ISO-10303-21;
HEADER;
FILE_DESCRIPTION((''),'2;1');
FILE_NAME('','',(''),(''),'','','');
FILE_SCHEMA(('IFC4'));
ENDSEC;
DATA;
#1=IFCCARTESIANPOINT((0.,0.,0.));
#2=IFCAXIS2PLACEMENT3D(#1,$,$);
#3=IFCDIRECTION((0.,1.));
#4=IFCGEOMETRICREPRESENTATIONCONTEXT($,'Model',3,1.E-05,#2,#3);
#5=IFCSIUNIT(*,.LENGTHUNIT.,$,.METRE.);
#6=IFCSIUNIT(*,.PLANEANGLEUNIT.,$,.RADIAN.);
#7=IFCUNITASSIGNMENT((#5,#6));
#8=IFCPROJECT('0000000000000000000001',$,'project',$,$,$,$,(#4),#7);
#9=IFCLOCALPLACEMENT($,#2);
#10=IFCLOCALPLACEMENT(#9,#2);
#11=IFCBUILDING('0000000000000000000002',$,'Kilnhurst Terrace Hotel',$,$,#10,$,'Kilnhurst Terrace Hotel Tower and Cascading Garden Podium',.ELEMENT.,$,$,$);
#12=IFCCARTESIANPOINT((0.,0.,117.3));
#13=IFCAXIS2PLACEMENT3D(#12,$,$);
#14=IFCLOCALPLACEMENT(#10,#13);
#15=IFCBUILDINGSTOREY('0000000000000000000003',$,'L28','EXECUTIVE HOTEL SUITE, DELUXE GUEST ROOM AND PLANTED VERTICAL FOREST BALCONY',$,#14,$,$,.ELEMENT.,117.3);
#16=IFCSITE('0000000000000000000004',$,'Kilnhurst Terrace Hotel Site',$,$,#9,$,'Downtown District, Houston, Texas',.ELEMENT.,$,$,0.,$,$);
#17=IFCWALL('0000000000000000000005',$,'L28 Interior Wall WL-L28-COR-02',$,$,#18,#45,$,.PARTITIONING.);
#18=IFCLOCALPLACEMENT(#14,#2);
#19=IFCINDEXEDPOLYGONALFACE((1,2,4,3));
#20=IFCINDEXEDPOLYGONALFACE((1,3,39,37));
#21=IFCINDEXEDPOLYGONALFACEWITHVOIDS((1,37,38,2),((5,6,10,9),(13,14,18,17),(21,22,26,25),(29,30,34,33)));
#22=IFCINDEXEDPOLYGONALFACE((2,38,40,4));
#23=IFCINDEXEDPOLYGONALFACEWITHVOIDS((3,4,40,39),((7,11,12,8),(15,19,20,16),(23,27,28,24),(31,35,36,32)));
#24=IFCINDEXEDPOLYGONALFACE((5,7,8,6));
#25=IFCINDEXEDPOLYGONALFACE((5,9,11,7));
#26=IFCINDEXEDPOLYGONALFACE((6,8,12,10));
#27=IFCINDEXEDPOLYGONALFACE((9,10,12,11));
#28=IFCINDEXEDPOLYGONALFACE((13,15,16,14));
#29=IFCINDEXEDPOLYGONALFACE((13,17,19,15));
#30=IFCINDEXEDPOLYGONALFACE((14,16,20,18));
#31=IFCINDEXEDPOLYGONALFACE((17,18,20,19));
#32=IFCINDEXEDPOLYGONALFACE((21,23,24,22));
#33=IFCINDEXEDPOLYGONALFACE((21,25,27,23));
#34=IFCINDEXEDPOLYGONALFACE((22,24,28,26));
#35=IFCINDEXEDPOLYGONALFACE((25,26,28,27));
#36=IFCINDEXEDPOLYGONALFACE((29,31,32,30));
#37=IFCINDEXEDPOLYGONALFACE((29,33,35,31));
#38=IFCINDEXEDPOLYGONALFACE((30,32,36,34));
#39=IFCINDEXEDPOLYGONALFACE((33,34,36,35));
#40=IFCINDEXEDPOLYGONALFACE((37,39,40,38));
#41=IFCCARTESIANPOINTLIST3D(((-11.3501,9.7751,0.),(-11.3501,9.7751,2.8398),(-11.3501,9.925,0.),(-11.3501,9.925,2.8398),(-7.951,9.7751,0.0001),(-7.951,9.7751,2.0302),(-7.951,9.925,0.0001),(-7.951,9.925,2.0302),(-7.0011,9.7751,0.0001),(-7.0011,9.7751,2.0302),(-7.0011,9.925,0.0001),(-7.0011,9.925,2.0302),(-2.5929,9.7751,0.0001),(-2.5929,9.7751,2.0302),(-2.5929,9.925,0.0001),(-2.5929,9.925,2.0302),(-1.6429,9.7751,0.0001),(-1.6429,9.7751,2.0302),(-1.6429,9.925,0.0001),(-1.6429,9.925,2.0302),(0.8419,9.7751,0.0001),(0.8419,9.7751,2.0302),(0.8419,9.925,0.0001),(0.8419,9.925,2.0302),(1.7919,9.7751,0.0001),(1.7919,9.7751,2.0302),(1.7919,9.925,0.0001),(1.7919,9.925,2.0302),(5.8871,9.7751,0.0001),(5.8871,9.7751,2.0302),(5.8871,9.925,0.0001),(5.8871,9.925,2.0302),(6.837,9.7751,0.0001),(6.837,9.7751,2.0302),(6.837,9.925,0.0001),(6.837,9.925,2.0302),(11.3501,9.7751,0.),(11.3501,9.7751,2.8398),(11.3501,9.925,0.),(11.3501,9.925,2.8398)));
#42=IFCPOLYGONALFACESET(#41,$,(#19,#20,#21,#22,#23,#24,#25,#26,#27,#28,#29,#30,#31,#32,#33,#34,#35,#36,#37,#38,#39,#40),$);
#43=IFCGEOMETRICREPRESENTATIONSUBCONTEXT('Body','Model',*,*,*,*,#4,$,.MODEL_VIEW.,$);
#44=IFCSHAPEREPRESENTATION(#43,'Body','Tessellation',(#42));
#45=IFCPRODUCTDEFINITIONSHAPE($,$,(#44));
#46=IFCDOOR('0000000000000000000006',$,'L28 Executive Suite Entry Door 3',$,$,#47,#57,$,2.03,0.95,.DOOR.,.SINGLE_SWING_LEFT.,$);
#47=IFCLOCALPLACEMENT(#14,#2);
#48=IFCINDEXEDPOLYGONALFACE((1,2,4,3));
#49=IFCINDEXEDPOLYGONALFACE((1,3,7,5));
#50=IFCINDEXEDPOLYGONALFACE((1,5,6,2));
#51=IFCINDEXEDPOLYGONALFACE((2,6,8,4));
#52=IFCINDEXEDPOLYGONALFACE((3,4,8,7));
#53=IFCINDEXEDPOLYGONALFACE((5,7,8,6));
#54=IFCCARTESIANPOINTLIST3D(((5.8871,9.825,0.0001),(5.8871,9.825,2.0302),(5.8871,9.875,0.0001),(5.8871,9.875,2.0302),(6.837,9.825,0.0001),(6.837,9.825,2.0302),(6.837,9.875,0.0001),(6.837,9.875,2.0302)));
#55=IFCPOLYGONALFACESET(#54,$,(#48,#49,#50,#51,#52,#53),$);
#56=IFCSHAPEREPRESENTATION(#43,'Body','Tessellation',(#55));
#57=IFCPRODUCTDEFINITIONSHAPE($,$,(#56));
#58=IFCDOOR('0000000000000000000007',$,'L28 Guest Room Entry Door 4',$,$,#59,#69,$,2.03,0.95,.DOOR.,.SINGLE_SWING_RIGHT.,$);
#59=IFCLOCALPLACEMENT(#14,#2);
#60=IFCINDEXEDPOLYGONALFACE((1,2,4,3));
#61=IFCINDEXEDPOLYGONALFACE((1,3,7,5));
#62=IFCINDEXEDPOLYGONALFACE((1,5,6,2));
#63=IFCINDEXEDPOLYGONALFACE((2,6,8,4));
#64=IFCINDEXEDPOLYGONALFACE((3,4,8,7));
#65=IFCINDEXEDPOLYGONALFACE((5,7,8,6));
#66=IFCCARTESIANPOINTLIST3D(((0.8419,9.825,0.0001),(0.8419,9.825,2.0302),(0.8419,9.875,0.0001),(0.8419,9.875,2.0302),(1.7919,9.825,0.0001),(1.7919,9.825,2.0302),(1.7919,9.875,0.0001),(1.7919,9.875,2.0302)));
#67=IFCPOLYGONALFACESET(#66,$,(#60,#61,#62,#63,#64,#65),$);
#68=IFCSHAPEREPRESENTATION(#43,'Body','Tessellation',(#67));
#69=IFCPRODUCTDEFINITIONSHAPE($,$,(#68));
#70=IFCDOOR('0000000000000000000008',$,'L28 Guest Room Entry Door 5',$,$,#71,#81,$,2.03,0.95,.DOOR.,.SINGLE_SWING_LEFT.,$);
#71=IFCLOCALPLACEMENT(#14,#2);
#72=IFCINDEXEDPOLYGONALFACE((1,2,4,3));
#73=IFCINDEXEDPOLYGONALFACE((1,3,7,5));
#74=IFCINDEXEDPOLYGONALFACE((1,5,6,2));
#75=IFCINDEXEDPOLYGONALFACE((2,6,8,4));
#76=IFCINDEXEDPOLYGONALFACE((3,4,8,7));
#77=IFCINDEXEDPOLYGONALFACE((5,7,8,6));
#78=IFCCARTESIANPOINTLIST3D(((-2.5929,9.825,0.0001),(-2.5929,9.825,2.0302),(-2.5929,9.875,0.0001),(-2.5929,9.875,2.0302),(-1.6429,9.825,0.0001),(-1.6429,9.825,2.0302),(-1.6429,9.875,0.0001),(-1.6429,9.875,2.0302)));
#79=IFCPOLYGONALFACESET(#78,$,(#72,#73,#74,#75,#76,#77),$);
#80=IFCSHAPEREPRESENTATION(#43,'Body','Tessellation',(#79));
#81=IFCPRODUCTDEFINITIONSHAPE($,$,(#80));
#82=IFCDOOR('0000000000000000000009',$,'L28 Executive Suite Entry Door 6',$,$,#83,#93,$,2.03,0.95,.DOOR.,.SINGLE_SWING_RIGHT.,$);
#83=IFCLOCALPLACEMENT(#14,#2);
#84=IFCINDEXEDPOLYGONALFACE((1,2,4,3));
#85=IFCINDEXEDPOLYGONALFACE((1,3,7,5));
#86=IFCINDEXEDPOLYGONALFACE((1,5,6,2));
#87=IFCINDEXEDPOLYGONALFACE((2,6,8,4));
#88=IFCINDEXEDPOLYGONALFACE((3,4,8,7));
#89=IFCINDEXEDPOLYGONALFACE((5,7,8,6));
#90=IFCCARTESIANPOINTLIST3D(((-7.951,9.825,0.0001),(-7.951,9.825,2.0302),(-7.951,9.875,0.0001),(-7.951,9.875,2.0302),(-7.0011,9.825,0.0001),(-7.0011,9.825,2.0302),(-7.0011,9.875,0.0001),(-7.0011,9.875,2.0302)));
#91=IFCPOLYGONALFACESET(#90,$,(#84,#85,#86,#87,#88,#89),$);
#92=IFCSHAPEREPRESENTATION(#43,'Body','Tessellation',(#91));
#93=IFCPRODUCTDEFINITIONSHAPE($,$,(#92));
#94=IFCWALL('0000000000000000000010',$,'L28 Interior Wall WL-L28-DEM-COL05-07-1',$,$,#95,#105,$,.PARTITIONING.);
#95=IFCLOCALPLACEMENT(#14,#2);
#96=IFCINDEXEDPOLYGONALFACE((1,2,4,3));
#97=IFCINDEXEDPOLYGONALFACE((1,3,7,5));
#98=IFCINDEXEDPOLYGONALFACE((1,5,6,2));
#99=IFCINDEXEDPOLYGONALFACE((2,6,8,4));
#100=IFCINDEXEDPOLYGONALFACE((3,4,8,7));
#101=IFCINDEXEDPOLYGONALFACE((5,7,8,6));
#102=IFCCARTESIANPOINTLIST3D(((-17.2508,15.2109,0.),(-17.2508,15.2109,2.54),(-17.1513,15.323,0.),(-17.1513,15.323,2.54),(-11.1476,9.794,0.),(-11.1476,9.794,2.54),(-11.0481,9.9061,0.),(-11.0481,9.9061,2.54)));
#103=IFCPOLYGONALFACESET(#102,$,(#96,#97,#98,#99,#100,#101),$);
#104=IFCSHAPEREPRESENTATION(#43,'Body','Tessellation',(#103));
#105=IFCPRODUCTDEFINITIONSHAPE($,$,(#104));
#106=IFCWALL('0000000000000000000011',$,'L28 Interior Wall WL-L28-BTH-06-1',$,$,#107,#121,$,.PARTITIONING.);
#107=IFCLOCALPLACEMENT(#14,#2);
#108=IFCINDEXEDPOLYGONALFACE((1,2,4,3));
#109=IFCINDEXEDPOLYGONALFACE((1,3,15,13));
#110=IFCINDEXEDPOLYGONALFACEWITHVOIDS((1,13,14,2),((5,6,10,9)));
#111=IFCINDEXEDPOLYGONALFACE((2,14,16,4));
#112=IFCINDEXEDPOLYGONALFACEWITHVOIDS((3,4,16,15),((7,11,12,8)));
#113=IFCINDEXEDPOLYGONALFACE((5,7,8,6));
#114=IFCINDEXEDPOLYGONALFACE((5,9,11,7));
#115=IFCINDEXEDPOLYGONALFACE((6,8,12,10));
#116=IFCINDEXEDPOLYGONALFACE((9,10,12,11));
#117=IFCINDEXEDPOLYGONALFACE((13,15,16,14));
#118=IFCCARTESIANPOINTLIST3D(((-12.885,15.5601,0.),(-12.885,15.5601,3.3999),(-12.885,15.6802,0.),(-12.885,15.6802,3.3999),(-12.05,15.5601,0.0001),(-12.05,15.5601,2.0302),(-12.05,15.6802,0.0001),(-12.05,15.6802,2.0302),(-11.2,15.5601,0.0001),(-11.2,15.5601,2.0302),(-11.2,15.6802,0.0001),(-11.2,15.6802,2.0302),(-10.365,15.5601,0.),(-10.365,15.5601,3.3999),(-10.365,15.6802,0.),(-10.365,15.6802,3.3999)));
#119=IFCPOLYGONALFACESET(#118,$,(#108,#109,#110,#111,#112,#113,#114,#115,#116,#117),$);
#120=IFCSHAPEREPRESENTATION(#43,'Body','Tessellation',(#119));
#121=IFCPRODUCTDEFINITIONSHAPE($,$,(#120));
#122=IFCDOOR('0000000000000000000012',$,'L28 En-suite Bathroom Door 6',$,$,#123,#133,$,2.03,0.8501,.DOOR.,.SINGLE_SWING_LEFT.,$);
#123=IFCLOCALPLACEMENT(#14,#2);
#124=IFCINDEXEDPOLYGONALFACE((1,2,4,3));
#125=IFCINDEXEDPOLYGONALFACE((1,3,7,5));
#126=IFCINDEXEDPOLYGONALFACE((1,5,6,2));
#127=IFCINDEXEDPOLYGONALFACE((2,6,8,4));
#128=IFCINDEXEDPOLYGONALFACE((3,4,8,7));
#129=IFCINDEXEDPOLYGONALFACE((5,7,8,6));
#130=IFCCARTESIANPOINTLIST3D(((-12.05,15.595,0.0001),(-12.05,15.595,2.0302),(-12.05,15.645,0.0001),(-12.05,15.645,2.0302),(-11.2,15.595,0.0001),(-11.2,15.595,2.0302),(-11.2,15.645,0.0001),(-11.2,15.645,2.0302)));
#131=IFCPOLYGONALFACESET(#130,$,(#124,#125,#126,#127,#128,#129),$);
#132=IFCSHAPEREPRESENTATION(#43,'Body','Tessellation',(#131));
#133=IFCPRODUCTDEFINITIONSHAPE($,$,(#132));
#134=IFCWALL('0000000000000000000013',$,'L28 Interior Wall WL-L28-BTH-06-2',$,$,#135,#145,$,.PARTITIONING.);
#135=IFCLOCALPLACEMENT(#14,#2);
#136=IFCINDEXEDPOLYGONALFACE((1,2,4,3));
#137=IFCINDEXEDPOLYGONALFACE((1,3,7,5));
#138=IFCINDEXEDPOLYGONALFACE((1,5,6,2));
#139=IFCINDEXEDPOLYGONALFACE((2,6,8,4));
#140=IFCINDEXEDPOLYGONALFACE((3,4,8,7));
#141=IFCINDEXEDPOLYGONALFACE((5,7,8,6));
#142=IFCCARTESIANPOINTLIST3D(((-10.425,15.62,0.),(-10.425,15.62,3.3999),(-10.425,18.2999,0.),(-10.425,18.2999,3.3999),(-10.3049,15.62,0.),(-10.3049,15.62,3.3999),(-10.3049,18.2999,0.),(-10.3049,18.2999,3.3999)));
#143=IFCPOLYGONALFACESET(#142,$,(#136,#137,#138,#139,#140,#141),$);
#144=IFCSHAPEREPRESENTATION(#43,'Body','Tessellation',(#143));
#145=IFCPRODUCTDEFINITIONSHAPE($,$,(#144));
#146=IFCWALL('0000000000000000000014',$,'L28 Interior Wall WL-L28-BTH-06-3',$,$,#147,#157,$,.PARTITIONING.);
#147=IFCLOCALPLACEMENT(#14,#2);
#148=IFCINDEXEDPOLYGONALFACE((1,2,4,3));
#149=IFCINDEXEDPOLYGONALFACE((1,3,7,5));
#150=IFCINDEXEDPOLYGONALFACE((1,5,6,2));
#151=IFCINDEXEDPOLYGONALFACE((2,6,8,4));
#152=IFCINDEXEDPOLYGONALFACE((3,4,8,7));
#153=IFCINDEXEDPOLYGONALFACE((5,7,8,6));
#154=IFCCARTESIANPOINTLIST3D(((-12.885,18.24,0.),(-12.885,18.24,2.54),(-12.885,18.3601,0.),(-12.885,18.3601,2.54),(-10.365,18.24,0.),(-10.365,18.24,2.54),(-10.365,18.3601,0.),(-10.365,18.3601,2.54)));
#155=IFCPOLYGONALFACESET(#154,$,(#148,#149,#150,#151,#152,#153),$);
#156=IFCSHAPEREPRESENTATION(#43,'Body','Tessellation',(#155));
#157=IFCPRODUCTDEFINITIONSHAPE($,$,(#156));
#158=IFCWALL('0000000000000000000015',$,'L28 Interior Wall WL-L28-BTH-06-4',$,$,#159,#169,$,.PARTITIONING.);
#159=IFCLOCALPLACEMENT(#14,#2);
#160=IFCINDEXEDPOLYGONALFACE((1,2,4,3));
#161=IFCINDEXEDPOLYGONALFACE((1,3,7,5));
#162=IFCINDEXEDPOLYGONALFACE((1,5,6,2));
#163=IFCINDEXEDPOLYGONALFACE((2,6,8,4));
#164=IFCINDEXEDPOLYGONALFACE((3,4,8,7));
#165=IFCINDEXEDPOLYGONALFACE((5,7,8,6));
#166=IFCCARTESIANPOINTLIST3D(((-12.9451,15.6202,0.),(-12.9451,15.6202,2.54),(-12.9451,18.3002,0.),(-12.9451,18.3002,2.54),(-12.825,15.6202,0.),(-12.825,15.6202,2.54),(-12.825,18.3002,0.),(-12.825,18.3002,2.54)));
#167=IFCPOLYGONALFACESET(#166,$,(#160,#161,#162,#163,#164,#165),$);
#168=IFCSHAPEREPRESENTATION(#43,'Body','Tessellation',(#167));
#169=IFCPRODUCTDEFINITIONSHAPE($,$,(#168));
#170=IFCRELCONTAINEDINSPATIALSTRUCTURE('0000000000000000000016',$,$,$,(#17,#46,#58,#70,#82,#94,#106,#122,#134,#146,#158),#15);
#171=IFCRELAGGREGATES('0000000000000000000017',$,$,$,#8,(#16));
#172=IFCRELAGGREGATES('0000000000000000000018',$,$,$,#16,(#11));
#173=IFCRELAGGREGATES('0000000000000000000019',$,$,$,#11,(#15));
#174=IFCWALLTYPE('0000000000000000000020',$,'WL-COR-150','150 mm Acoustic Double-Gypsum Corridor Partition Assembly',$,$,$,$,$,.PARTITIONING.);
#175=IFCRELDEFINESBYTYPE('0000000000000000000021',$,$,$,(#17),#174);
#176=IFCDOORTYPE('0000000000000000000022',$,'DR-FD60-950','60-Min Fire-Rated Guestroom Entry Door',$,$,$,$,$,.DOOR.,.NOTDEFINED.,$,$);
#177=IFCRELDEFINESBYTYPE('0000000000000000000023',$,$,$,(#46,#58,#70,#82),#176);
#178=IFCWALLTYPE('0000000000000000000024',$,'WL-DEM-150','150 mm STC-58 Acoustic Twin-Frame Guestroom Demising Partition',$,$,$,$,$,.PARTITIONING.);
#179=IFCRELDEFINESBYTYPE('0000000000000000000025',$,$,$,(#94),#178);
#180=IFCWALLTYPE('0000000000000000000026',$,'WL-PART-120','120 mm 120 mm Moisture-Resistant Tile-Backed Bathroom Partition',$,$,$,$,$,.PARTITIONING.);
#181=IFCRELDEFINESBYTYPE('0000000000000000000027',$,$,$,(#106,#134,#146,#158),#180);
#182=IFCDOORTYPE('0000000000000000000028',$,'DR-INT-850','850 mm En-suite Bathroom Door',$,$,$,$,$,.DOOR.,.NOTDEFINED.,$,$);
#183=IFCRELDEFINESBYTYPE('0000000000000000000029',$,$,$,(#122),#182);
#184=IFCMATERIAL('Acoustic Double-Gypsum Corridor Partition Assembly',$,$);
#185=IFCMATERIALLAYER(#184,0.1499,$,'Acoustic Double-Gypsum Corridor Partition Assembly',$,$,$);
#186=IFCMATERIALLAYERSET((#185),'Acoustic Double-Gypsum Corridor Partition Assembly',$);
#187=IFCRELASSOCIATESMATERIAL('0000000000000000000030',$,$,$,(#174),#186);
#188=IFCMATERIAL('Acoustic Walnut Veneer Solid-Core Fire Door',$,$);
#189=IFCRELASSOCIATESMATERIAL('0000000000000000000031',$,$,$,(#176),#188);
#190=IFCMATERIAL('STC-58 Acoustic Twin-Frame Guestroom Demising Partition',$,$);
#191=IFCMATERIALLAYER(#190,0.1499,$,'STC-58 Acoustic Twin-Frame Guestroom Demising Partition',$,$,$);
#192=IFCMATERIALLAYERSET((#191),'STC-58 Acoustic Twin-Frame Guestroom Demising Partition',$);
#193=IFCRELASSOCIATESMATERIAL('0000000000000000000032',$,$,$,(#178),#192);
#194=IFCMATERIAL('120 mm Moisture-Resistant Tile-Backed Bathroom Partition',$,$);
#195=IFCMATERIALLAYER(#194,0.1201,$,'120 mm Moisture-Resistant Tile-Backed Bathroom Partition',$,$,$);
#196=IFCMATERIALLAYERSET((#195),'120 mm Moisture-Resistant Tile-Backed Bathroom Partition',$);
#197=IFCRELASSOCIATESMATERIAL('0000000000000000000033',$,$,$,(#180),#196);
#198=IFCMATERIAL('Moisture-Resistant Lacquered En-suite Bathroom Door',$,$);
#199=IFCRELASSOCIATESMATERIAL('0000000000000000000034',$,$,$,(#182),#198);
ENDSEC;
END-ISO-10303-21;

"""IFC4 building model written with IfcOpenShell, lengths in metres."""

from ifc_helpers import new_model, si_unit, direction, frame, frame_2d, origin, place, context, subcontext, project, spatial, rectangle, extrude, material, layer, layer_set, type_object, element, fill, save


model = new_model("IFC4")

# Units and contexts
model_context = context("Model", 3, precision=1e-05, world=origin(), true_north=direction((0.0, 1.0)))
body_context = subcontext(model_context, "Body", "Model", "MODEL_VIEW")
ifc_project = project(units=[si_unit("LENGTHUNIT", "METRE"), si_unit("PLANEANGLEUNIT", "RADIAN")], contexts=[model_context])

# Site, building, storey
site_placement = place(None, origin())
site = spatial("IfcSite", under=ifc_project, at=site_placement, Name="Kilnhurst Terrace Hotel Site", LongName="Downtown District, Houston, Texas", CompositionType="ELEMENT", RefElevation=0.0)
building_placement = place(site_placement, origin())
building = spatial("IfcBuilding", under=site, at=building_placement, Name="Kilnhurst Terrace Hotel", LongName="Kilnhurst Terrace Hotel Tower and Cascading Garden Podium", CompositionType="ELEMENT")
storey_placement = place(building_placement, frame((0.0, 0.0, 117.3)))
storey = spatial("IfcBuildingStorey", under=building, at=storey_placement, Name="L28", Description="EXECUTIVE HOTEL SUITE, DELUXE GUEST ROOM AND PLANTED VERTICAL FOREST BALCONY", CompositionType="ELEMENT", Elevation=117.3)

# Wall, openings, doors
ifc_material_1 = material(Name="Acoustic Double-Gypsum Corridor Partition Assembly")
ifc_layer_1 = layer(ifc_material_1, 0.1499, Name="Acoustic Double-Gypsum Corridor Partition Assembly")
ifc_layer_set_1 = layer_set([ifc_layer_1], Name="Acoustic Double-Gypsum Corridor Partition Assembly")
wall_type_1 = type_object("IfcWallType", Name="WL-COR-150", Description="150 mm Acoustic Double-Gypsum Corridor Partition Assembly", PredefinedType="PARTITIONING", material=ifc_layer_set_1)
wall_1_placement = place(storey_placement, frame((-11.3501, 9.8501, 0.0), z_axis=(0.0, 0.0, 1.0), x_axis=(1.0, 0.0, 0.0)))
wall_1 = element("IfcWall", 1, at=wall_1_placement, inside=storey, type_object=wall_type_1, Name="L28 Interior Wall WL-L28-COR-02", PredefinedType="PARTITIONING", context=body_context, shape_type="SweptSolid", body=[
    extrude(rectangle(XDim=22.7002, YDim=0.1499, at=frame_2d((11.3501, 0.0))), origin(), (0.0, 0.0, 1.0), 2.8398),
])
opening_1_placement = place(wall_1_placement, frame((17.2371, 0.0, 0.0)))
opening_1 = element("IfcOpeningElement", 2, at=opening_1_placement, cuts=wall_1, PredefinedType="OPENING", context=body_context, shape_type="SweptSolid", body=[
    extrude(rectangle(XDim=0.95, YDim=2.03, at=frame_2d((0.4751, 1.0151))), frame((0.0, 0.085, 0.0), z_axis=(0.0, -1.0, 0.0), x_axis=(1.0, 0.0, 0.0)), (0.0, 0.0, 1.0), 0.1699),
])
opening_2_placement = place(wall_1_placement, frame((12.1919, 0.0, 0.0)))
opening_2 = element("IfcOpeningElement", 3, at=opening_2_placement, cuts=wall_1, PredefinedType="OPENING", context=body_context, shape_type="SweptSolid", body=[
    extrude(rectangle(XDim=0.95, YDim=2.03, at=frame_2d((0.4751, 1.0151))), frame((0.0, 0.085, 0.0), z_axis=(0.0, -1.0, 0.0), x_axis=(1.0, 0.0, 0.0)), (0.0, 0.0, 1.0), 0.1699),
])
opening_3_placement = place(wall_1_placement, frame((8.7571, 0.0, 0.0)))
opening_3 = element("IfcOpeningElement", 4, at=opening_3_placement, cuts=wall_1, PredefinedType="OPENING", context=body_context, shape_type="SweptSolid", body=[
    extrude(rectangle(XDim=0.95, YDim=2.03, at=frame_2d((0.4751, 1.0151))), frame((0.0, 0.085, 0.0), z_axis=(0.0, -1.0, 0.0), x_axis=(1.0, 0.0, 0.0)), (0.0, 0.0, 1.0), 0.1699),
])
opening_4_placement = place(wall_1_placement, frame((3.3989, 0.0, 0.0)))
opening_4 = element("IfcOpeningElement", 5, at=opening_4_placement, cuts=wall_1, PredefinedType="OPENING", context=body_context, shape_type="SweptSolid", body=[
    extrude(rectangle(XDim=0.95, YDim=2.03, at=frame_2d((0.4751, 1.0151))), frame((0.0, 0.085, 0.0), z_axis=(0.0, -1.0, 0.0), x_axis=(1.0, 0.0, 0.0)), (0.0, 0.0, 1.0), 0.1699),
])
ifc_material_2 = material(Name="Acoustic Walnut Veneer Solid-Core Fire Door")
door_type_1 = type_object("IfcDoorType", Name="DR-FD60-950", Description="60-Min Fire-Rated Guestroom Entry Door", OperationType="NOTDEFINED", PredefinedType="DOOR", material=ifc_material_2)
door_1_placement = place(opening_1_placement, origin())
door_1 = element("IfcDoor", 6, at=door_1_placement, inside=storey, type_object=door_type_1, Name="L28 Executive Suite Entry Door 3", OperationType="SINGLE_SWING_LEFT", OverallHeight=2.03, OverallWidth=0.95, PredefinedType="DOOR", context=body_context, shape_type="SweptSolid", body=[
    extrude(rectangle(XDim=0.95, YDim=2.03, at=frame_2d((0.4751, 1.0151))), frame((0.0, 0.0249, 0.0), z_axis=(0.0, -1.0, 0.0), x_axis=(1.0, 0.0, 0.0)), (0.0, 0.0, 1.0), 0.05),
])
fill(opening_1, door_1)
door_2_placement = place(opening_2_placement, origin())
door_2 = element("IfcDoor", 7, at=door_2_placement, inside=storey, type_object=door_type_1, Name="L28 Guest Room Entry Door 4", OperationType="SINGLE_SWING_RIGHT", OverallHeight=2.03, OverallWidth=0.95, PredefinedType="DOOR", context=body_context, shape_type="SweptSolid", body=[
    extrude(rectangle(XDim=0.95, YDim=2.03, at=frame_2d((0.4751, 1.0151))), frame((0.0, 0.0249, 0.0), z_axis=(0.0, -1.0, 0.0), x_axis=(1.0, 0.0, 0.0)), (0.0, 0.0, 1.0), 0.05),
])
fill(opening_2, door_2)
door_3_placement = place(opening_3_placement, origin())
door_3 = element("IfcDoor", 8, at=door_3_placement, inside=storey, type_object=door_type_1, Name="L28 Guest Room Entry Door 5", OperationType="SINGLE_SWING_LEFT", OverallHeight=2.03, OverallWidth=0.95, PredefinedType="DOOR", context=body_context, shape_type="SweptSolid", body=[
    extrude(rectangle(XDim=0.95, YDim=2.03, at=frame_2d((0.4751, 1.0151))), frame((0.0, 0.0249, 0.0), z_axis=(0.0, -1.0, 0.0), x_axis=(1.0, 0.0, 0.0)), (0.0, 0.0, 1.0), 0.05),
])
fill(opening_3, door_3)
door_4_placement = place(opening_4_placement, origin())
door_4 = element("IfcDoor", 9, at=door_4_placement, inside=storey, type_object=door_type_1, Name="L28 Executive Suite Entry Door 6", OperationType="SINGLE_SWING_RIGHT", OverallHeight=2.03, OverallWidth=0.95, PredefinedType="DOOR", context=body_context, shape_type="SweptSolid", body=[
    extrude(rectangle(XDim=0.95, YDim=2.03, at=frame_2d((0.4751, 1.0151))), frame((0.0, 0.0249, 0.0), z_axis=(0.0, -1.0, 0.0), x_axis=(1.0, 0.0, 0.0)), (0.0, 0.0, 1.0), 0.05),
])
fill(opening_4, door_4)

# Wall
ifc_material_3 = material(Name="STC-58 Acoustic Twin-Frame Guestroom Demising Partition")
ifc_layer_2 = layer(ifc_material_3, 0.1499, Name="STC-58 Acoustic Twin-Frame Guestroom Demising Partition")
ifc_layer_set_2 = layer_set([ifc_layer_2], Name="STC-58 Acoustic Twin-Frame Guestroom Demising Partition")
wall_type_2 = type_object("IfcWallType", Name="WL-DEM-150", Description="150 mm STC-58 Acoustic Twin-Frame Guestroom Demising Partition", PredefinedType="PARTITIONING", material=ifc_layer_set_2)
wall_2_placement = place(storey_placement, frame((-11.0979, 9.8501, 0.0), z_axis=(0.0, 0.0, 1.0), x_axis=(-0.747904, 0.663807, 0.0)))
element("IfcWall", 10, at=wall_2_placement, inside=storey, type_object=wall_type_2, Name="L28 Interior Wall WL-L28-DEM-COL05-07-1", PredefinedType="PARTITIONING", context=body_context, shape_type="SweptSolid", body=[
    extrude(rectangle(XDim=8.1604, YDim=0.1499, at=frame_2d((4.0801, 0.0))), origin(), (0.0, 0.0, 1.0), 2.54),
])

# Wall, opening, door
ifc_material_4 = material(Name="120 mm Moisture-Resistant Tile-Backed Bathroom Partition")
ifc_layer_3 = layer(ifc_material_4, 0.1201, Name="120 mm Moisture-Resistant Tile-Backed Bathroom Partition")
ifc_layer_set_3 = layer_set([ifc_layer_3], Name="120 mm Moisture-Resistant Tile-Backed Bathroom Partition")
wall_type_3 = type_object("IfcWallType", Name="WL-PART-120", Description="120 mm 120 mm Moisture-Resistant Tile-Backed Bathroom Partition", PredefinedType="PARTITIONING", material=ifc_layer_set_3)
wall_3_placement = place(storey_placement, frame((-12.885, 15.6201, 0.0), z_axis=(0.0, 0.0, 1.0), x_axis=(1.0, 0.0, 0.0)))
wall_3 = element("IfcWall", 11, at=wall_3_placement, inside=storey, type_object=wall_type_3, Name="L28 Interior Wall WL-L28-BTH-06-1", PredefinedType="PARTITIONING", context=body_context, shape_type="SweptSolid", body=[
    extrude(rectangle(XDim=2.52, YDim=0.1201, at=frame_2d((1.26, 0.0))), origin(), (0.0, 0.0, 1.0), 3.3999),
])
opening_5_placement = place(wall_3_placement, frame((0.835, 0.0, 0.0)))
opening_5 = element("IfcOpeningElement", 12, at=opening_5_placement, cuts=wall_3, PredefinedType="OPENING", context=body_context, shape_type="SweptSolid", body=[
    extrude(rectangle(XDim=0.8501, YDim=2.03, at=frame_2d((0.425, 1.0151))), frame((0.0, 0.0701, 0.0), z_axis=(0.0, -1.0, 0.0), x_axis=(1.0, 0.0, 0.0)), (0.0, 0.0, 1.0), 0.1401),
])
ifc_material_5 = material(Name="Moisture-Resistant Lacquered En-suite Bathroom Door")
door_type_2 = type_object("IfcDoorType", Name="DR-INT-850", Description="850 mm En-suite Bathroom Door", OperationType="NOTDEFINED", PredefinedType="DOOR", material=ifc_material_5)
door_5_placement = place(opening_5_placement, origin())
door_5 = element("IfcDoor", 13, at=door_5_placement, inside=storey, type_object=door_type_2, Name="L28 En-suite Bathroom Door 6", OperationType="SINGLE_SWING_LEFT", OverallHeight=2.03, OverallWidth=0.8501, PredefinedType="DOOR", context=body_context, shape_type="SweptSolid", body=[
    extrude(rectangle(XDim=0.8501, YDim=2.03, at=frame_2d((0.425, 1.0151))), frame((0.0, 0.0249, 0.0), z_axis=(0.0, -1.0, 0.0), x_axis=(1.0, 0.0, 0.0)), (0.0, 0.0, 1.0), 0.05),
])
fill(opening_5, door_5)

# Walls
wall_4_placement = place(storey_placement, frame((-10.365, 15.6201, 0.0), z_axis=(0.0, 0.0, 1.0), x_axis=(0.0, 1.0, 0.0)))
element("IfcWall", 14, at=wall_4_placement, inside=storey, type_object=wall_type_3, Name="L28 Interior Wall WL-L28-BTH-06-2", PredefinedType="PARTITIONING", context=body_context, shape_type="SweptSolid", body=[
    extrude(rectangle(XDim=2.6799, YDim=0.1201, at=frame_2d((1.3398, 0.0))), origin(), (0.0, 0.0, 1.0), 3.3999),
])
wall_5_placement = place(storey_placement, frame((-10.365, 18.3, 0.0), z_axis=(0.0, 0.0, 1.0), x_axis=(-1.0, 0.0, 0.0)))
element("IfcWall", 15, at=wall_5_placement, inside=storey, type_object=wall_type_3, Name="L28 Interior Wall WL-L28-BTH-06-3", PredefinedType="PARTITIONING", context=body_context, shape_type="SweptSolid", body=[
    extrude(rectangle(XDim=2.52, YDim=0.1201, at=frame_2d((1.26, 0.0))), origin(), (0.0, 0.0, 1.0), 2.54),
])
wall_6_placement = place(storey_placement, frame((-12.885, 18.3, 0.0), z_axis=(0.0, 0.0, 1.0), x_axis=(0.0, -1.0, 0.0)))
element("IfcWall", 16, at=wall_6_placement, inside=storey, type_object=wall_type_3, Name="L28 Interior Wall WL-L28-BTH-06-4", PredefinedType="PARTITIONING", context=body_context, shape_type="SweptSolid", body=[
    extrude(rectangle(XDim=2.6799, YDim=0.1201, at=frame_2d((1.3398, 0.0))), origin(), (0.0, 0.0, 1.0), 2.54),
])

save(model, "model.ifc")
